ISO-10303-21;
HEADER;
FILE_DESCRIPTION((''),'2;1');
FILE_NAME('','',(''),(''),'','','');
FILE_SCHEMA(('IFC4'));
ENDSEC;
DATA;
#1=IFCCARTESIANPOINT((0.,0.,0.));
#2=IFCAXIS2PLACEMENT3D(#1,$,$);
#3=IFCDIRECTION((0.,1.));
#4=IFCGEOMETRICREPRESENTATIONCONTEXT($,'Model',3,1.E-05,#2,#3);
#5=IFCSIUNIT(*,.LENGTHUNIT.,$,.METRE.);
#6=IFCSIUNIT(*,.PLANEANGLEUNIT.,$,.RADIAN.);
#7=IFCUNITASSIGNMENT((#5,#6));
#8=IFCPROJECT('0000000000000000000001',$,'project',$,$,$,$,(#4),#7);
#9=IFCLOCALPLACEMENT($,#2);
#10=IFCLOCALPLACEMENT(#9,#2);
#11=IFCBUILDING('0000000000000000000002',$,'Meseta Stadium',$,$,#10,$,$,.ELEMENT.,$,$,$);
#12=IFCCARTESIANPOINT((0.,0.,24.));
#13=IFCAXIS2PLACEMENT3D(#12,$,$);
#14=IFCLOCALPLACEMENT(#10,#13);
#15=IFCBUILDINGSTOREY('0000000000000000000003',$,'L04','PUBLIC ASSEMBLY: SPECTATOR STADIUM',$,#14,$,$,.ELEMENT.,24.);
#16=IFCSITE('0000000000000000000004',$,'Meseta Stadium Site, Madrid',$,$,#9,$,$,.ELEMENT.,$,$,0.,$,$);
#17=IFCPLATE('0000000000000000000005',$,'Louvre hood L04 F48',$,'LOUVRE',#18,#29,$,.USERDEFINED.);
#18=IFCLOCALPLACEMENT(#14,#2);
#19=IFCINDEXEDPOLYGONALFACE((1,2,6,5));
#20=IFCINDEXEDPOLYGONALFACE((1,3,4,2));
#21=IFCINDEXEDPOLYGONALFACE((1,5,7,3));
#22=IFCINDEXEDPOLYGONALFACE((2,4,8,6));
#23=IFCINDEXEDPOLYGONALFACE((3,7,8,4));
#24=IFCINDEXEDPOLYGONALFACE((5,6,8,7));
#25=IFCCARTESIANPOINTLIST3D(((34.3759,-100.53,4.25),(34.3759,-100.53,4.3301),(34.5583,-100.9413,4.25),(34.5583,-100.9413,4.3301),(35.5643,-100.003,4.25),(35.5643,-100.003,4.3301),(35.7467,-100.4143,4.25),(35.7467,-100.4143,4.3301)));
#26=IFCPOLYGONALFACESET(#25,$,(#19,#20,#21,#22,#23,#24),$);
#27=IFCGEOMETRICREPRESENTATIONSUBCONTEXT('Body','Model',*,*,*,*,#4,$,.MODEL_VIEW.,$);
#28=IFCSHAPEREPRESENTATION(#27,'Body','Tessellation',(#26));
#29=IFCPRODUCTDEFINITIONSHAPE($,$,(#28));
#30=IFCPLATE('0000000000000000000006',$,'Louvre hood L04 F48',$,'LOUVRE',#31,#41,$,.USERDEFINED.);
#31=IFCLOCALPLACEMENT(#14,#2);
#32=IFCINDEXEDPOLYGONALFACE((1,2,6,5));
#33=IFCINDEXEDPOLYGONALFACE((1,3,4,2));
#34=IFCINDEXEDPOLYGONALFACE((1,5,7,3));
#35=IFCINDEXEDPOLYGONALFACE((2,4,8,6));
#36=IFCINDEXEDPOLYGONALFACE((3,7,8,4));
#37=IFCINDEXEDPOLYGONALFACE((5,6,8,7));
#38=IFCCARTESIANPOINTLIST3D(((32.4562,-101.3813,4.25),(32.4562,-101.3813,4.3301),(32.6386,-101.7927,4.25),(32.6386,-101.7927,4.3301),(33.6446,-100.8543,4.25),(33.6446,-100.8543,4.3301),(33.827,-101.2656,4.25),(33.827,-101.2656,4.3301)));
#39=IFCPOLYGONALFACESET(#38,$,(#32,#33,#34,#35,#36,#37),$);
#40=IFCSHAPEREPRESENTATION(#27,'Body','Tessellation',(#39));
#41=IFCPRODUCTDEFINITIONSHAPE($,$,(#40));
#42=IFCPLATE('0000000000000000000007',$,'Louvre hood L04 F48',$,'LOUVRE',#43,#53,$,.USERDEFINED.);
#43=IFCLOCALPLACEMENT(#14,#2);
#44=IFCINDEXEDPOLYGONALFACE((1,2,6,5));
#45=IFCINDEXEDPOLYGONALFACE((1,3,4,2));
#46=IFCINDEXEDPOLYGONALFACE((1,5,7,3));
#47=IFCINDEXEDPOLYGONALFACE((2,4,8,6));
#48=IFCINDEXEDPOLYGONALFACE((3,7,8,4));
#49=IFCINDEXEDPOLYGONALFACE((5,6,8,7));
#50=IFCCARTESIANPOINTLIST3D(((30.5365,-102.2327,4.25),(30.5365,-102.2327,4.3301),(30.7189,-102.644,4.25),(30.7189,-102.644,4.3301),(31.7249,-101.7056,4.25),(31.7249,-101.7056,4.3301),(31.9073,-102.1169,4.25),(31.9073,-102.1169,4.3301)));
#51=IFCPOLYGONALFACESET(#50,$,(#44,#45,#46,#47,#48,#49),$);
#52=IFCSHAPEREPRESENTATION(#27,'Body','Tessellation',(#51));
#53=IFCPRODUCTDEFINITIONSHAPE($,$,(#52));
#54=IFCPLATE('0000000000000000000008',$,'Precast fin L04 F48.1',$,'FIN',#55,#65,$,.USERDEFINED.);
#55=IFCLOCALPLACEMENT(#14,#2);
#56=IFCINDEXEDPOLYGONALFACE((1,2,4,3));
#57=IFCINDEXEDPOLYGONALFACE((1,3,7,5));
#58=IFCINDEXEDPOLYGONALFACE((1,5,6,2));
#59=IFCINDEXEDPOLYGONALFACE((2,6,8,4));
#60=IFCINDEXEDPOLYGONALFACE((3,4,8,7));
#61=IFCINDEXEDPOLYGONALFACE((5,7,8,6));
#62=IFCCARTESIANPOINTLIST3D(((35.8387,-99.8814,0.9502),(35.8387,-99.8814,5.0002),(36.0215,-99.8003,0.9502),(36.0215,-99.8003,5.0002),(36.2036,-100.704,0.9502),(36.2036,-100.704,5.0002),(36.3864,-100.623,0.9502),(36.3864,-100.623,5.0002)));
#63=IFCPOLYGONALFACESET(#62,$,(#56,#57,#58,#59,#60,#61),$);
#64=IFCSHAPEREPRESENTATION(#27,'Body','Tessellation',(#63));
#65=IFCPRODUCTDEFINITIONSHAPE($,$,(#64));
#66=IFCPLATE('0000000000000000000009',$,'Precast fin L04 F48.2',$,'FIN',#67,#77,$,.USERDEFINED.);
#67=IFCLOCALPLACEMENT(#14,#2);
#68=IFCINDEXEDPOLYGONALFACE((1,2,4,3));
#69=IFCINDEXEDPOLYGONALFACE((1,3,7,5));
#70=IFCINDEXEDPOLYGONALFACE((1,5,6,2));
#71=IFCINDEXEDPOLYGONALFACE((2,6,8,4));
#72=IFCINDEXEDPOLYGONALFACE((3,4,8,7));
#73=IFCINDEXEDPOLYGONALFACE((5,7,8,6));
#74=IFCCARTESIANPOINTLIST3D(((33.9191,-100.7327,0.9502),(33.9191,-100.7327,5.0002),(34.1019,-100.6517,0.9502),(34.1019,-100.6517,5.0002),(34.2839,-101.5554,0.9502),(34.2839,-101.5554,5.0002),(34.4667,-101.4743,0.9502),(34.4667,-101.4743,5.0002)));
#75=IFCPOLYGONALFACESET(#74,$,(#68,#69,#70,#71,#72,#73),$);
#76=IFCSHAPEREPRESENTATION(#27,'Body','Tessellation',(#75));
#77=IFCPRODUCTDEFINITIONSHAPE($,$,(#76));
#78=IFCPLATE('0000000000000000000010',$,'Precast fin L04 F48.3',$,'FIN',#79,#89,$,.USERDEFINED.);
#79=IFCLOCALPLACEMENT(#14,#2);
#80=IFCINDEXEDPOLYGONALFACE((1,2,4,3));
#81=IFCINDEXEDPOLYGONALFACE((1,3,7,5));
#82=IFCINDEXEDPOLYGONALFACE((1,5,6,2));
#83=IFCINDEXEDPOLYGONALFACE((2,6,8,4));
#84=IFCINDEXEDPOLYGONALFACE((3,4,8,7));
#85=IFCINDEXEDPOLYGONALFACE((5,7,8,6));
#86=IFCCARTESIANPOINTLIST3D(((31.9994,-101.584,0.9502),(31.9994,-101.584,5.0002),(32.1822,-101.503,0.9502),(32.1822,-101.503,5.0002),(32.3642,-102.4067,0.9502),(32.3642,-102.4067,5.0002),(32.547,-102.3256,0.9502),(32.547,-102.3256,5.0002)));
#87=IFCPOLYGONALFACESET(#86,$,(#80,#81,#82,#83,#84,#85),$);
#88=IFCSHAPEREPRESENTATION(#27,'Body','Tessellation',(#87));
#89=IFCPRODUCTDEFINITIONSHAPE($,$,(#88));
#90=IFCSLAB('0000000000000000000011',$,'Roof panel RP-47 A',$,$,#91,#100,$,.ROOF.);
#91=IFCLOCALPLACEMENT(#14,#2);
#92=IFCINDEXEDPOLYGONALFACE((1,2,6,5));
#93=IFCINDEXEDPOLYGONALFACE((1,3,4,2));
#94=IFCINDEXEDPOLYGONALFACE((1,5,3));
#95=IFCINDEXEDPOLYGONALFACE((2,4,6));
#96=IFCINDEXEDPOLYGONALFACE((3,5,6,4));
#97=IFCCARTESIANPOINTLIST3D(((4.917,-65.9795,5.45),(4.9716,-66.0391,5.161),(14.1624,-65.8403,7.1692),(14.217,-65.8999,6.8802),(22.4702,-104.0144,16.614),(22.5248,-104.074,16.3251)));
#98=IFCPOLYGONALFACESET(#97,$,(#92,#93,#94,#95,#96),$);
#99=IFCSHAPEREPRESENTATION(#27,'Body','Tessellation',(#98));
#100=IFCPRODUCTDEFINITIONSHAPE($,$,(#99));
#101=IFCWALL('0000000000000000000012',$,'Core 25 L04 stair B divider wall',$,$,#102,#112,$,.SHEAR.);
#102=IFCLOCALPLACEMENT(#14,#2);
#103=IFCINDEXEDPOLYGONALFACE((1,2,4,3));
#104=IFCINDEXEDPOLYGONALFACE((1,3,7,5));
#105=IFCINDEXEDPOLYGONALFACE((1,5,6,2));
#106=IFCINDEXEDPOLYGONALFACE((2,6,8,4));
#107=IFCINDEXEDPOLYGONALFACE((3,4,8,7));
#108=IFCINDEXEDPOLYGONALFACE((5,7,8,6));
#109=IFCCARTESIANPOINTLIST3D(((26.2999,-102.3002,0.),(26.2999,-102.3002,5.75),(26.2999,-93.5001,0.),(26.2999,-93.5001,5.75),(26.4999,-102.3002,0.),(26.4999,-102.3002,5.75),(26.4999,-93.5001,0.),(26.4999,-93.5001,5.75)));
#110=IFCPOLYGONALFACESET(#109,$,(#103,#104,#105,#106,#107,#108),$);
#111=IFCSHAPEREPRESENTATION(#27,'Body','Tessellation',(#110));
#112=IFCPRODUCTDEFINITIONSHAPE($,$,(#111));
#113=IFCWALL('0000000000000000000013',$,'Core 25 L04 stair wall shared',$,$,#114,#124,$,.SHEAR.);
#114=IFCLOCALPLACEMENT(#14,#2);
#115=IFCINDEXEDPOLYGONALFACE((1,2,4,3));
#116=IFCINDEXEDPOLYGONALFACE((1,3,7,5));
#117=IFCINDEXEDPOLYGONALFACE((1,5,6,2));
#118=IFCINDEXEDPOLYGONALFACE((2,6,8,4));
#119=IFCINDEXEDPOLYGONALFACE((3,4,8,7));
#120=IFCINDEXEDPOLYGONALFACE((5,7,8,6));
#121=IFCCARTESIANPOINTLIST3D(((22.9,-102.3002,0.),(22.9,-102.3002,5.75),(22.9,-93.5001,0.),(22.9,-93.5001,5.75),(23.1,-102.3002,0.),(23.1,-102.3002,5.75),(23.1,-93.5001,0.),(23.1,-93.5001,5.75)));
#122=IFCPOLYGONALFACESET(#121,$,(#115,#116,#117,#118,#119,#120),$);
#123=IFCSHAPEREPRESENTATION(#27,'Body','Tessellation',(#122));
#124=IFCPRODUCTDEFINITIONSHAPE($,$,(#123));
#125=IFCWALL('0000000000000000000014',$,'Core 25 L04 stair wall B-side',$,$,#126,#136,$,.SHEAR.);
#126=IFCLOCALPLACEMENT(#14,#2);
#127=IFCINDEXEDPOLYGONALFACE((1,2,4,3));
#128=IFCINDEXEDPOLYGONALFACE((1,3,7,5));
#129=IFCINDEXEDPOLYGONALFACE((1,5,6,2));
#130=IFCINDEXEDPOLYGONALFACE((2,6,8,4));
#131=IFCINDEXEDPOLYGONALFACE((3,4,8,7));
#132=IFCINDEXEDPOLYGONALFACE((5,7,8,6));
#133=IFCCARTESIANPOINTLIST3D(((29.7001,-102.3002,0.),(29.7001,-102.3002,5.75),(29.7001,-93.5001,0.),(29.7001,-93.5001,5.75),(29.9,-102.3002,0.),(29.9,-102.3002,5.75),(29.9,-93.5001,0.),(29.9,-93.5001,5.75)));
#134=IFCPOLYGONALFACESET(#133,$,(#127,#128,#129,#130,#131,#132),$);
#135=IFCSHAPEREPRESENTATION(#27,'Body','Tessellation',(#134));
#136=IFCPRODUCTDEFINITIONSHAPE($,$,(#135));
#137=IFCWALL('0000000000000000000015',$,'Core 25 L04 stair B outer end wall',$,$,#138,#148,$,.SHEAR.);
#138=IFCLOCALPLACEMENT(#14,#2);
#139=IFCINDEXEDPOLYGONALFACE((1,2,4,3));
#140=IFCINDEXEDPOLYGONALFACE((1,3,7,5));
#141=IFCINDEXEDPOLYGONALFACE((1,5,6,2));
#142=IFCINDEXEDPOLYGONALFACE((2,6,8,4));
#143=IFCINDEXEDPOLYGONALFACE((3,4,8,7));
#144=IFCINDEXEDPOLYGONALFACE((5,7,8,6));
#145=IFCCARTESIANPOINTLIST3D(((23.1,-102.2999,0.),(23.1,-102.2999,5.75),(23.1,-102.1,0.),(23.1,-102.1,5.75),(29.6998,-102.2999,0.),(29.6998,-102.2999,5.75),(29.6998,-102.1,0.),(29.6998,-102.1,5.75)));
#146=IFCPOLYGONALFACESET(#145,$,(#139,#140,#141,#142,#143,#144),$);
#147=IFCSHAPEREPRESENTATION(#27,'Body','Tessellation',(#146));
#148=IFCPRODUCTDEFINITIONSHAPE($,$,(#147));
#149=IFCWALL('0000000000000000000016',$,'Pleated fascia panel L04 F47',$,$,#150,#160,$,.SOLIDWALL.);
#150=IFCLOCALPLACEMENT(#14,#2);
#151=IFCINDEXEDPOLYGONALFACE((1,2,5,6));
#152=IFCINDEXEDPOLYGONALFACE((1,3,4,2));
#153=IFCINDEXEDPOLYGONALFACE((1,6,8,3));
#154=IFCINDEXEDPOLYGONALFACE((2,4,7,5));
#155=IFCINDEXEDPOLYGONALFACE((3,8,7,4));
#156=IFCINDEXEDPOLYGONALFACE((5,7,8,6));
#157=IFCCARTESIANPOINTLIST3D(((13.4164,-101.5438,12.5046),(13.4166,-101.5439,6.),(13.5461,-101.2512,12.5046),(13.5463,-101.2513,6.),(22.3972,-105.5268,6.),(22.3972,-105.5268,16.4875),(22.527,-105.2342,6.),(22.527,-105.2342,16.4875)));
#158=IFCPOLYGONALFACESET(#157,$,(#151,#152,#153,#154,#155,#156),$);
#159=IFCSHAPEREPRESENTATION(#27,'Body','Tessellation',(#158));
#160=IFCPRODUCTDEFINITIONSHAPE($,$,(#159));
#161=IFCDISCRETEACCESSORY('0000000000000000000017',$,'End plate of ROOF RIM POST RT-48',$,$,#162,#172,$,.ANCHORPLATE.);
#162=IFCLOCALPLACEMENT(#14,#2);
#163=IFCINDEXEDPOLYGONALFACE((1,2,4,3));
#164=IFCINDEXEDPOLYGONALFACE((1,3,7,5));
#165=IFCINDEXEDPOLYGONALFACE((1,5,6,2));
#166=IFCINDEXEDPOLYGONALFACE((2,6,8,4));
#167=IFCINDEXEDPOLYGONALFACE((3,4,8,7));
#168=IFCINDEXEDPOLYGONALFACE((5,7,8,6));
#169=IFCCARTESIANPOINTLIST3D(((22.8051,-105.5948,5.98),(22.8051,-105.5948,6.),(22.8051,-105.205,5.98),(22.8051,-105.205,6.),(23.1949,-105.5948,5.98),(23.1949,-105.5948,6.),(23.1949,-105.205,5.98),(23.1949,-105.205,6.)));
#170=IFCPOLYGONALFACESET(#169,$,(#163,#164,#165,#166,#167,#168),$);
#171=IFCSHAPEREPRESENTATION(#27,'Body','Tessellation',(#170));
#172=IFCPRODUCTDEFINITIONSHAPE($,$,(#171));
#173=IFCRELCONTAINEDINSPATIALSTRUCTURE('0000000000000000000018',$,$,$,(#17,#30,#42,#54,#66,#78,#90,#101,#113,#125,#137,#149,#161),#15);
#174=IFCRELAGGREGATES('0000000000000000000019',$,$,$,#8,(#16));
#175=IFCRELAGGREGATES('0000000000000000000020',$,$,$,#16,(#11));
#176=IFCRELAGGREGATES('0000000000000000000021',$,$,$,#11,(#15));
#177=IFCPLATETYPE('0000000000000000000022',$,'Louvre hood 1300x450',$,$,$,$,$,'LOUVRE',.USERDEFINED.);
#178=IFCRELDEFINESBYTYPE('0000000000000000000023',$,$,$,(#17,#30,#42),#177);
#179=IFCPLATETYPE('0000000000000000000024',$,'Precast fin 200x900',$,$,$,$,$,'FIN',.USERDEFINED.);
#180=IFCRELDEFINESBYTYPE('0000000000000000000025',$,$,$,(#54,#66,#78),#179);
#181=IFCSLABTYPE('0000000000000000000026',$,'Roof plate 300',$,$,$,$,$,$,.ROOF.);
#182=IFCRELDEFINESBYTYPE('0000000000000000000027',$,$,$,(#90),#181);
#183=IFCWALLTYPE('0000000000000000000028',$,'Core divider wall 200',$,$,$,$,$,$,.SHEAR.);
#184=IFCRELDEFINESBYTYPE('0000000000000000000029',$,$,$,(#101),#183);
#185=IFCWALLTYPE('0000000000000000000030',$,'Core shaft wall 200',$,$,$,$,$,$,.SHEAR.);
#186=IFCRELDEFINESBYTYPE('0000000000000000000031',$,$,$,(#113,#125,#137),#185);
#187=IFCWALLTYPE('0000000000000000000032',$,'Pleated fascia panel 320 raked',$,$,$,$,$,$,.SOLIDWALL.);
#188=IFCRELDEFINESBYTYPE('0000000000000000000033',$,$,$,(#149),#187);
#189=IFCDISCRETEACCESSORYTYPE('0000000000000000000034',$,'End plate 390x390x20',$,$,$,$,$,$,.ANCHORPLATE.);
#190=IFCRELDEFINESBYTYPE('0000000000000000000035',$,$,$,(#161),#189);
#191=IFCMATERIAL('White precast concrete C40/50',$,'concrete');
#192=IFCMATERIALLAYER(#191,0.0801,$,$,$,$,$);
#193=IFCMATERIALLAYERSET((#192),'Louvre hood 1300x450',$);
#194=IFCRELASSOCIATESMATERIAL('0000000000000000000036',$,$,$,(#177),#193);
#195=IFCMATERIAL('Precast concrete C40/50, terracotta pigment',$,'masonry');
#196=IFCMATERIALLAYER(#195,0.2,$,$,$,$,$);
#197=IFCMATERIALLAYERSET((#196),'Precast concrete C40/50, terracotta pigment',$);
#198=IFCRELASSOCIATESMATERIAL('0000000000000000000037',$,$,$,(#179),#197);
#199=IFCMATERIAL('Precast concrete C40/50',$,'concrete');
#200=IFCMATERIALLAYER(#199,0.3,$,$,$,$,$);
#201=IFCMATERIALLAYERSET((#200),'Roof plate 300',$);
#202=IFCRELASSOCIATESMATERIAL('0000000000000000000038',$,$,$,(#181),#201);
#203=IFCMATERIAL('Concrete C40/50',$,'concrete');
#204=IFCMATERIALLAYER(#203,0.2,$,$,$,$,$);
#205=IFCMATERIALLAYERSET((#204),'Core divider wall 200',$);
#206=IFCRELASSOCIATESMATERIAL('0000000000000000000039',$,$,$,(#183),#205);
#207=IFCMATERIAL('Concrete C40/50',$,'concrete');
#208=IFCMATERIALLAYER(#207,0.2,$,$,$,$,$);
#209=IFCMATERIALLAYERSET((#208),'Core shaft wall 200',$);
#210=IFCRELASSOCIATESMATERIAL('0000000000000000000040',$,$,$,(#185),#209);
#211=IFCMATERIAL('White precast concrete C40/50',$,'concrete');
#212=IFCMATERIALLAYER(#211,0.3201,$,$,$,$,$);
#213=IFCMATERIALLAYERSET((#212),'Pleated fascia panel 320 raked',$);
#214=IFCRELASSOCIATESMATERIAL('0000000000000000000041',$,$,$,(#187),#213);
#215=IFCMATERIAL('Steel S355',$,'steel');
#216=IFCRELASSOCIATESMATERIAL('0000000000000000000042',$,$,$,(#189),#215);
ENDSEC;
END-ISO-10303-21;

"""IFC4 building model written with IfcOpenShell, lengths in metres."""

from ifc_helpers import new_model, si_unit, direction, frame, frame_2d, origin, origin_2d, place, context, subcontext, project, spatial, polyline, rectangle, outline, extrude, material, layer, layer_set, material_profile, profile_set, type_object, element, save


model = new_model("IFC4")

# Units and contexts
model_context = context("Model", 3, precision=1e-05, world=origin(), true_north=direction((0.0, 1.0)))
body_context = subcontext(model_context, "Body", "Model", "MODEL_VIEW")
ifc_project = project(units=[si_unit("LENGTHUNIT", "METRE"), si_unit("PLANEANGLEUNIT", "RADIAN")], contexts=[model_context])

# Site, building, storey
site_placement = place(None, origin())
site = spatial("IfcSite", under=ifc_project, at=site_placement, Name="Meseta Stadium Site, Madrid", CompositionType="ELEMENT", RefElevation=0.0)
building_placement = place(site_placement, origin())
building = spatial("IfcBuilding", under=site, at=building_placement, Name="Meseta Stadium", CompositionType="ELEMENT")
storey_placement = place(building_placement, frame((0.0, 0.0, 24.0)))
storey = spatial("IfcBuildingStorey", under=building, at=storey_placement, Name="L04", Description="PUBLIC ASSEMBLY: SPECTATOR STADIUM", CompositionType="ELEMENT", Elevation=24.0)

# Plates
ifc_material_1 = material(Name="White precast concrete C40/50", Category="concrete")
ifc_layer_1 = layer(ifc_material_1, 0.0801)
ifc_layer_set_1 = layer_set([ifc_layer_1], Name="Louvre hood 1300x450")
plate_type_1 = type_object("IfcPlateType", Name="Louvre hood 1300x450", ElementType="LOUVRE", PredefinedType="USERDEFINED", material=ifc_layer_set_1)
for number, where, z_axis, x_axis, name in (
    (1, (35.0613, -100.4722, 4.25), (0.0, 0.0, 1.0), (0.914139, 0.405401, 0.0), "Louvre hood L04 F48"),
    (2, (33.1416, -101.3235, 4.25), (0.0, 0.0, 1.0), (0.914139, 0.405401, 0.0), "Louvre hood L04 F48"),
    (3, (31.2219, -102.1748, 4.25), (0.0, 0.0, 1.0), (0.914139, 0.405401, 0.0), "Louvre hood L04 F48"),
):
    element("IfcPlate", number, at=place(storey_placement, frame(where, z_axis=z_axis, x_axis=x_axis)), inside=storey, type_object=plate_type_1, Name=name, ObjectType="LOUVRE", PredefinedType="USERDEFINED", context=body_context, shape_type="SweptSolid", body=[
        extrude(rectangle(XDim=1.3, YDim=0.45, at=origin_2d()), origin(), (0.0, 0.0, 1.0), 0.0801),
    ])
ifc_material_2 = material(Name="Precast concrete C40/50, terracotta pigment", Category="masonry")
ifc_layer_2 = layer(ifc_material_2, 0.2)
ifc_layer_set_2 = layer_set([ifc_layer_2], Name="Precast concrete C40/50, terracotta pigment")
plate_type_2 = type_object("IfcPlateType", Name="Precast fin 200x900", ElementType="FIN", PredefinedType="USERDEFINED", material=ifc_layer_set_2)
for number, where, z_axis, x_axis, name in (
    (4, (36.1125, -100.2522, 0.9502), (0.0, 0.0, 1.0), (-0.914139, -0.4054, 0.0), "Precast fin L04 F48.1"),
    (5, (34.1929, -101.1035, 0.9502), (0.0, 0.0, 1.0), (-0.914139, -0.4054, 0.0), "Precast fin L04 F48.2"),
    (6, (32.2732, -101.9548, 0.9502), (0.0, 0.0, 1.0), (-0.914139, -0.4054, 0.0), "Precast fin L04 F48.3"),
):
    element("IfcPlate", number, at=place(storey_placement, frame(where, z_axis=z_axis, x_axis=x_axis)), inside=storey, type_object=plate_type_2, Name=name, ObjectType="FIN", PredefinedType="USERDEFINED", context=body_context, shape_type="SweptSolid", body=[
        extrude(rectangle(XDim=0.2, YDim=0.8999, at=origin_2d()), origin(), (0.0, 0.0, 1.0), 4.05),
    ])

# Slab
ifc_material_3 = material(Name="Precast concrete C40/50", Category="concrete")
ifc_layer_3 = layer(ifc_material_3, 0.3)
ifc_layer_set_3 = layer_set([ifc_layer_3], Name="Roof plate 300")
slab_type = type_object("IfcSlabType", Name="Roof plate 300", PredefinedType="ROOF", material=ifc_layer_set_3)
slab_placement = place(storey_placement, frame((22.4702, -104.0144, 16.614), z_axis=(-0.182069, 0.19864, 0.963013), x_axis=(-0.404899, 0.877348, -0.257521)))
element("IfcSlab", 7, at=slab_placement, inside=storey, type_object=slab_type, Name="Roof panel RP-47 A", PredefinedType="ROOF", context=body_context, shape_type="SweptSolid", body=[
    extrude(outline(polyline([(0.0, 0.0), (43.3521, 0.0), (39.288, -8.4815), (0.0, 0.0)])), origin(), (0.0, 0.0, -1.0), 0.3),
])

# Walls
ifc_material_4 = material(Name="Concrete C40/50", Category="concrete")
ifc_layer_4 = layer(ifc_material_4, 0.2)
ifc_layer_set_4 = layer_set([ifc_layer_4], Name="Core divider wall 200")
wall_type_1 = type_object("IfcWallType", Name="Core divider wall 200", PredefinedType="SHEAR", material=ifc_layer_set_4)
wall_1_placement = place(storey_placement, frame((26.3999, -102.3, 0.0), z_axis=(0.0, 0.0, 1.0), x_axis=(0.0, 1.0, 0.0)))
element("IfcWall", 8, at=wall_1_placement, inside=storey, type_object=wall_type_1, Name="Core 25 L04 stair B divider wall", PredefinedType="SHEAR", context=body_context, shape_type="SweptSolid", body=[
    extrude(rectangle(XDim=8.8, YDim=0.2, at=frame_2d((4.3999, 0.0))), origin(), (0.0, 0.0, 1.0), 5.75),
])
ifc_material_5 = material(Name="Concrete C40/50", Category="concrete")
ifc_layer_5 = layer(ifc_material_5, 0.2)
ifc_layer_set_5 = layer_set([ifc_layer_5], Name="Core shaft wall 200")
wall_type_2 = type_object("IfcWallType", Name="Core shaft wall 200", PredefinedType="SHEAR", material=ifc_layer_set_5)
for number, where, z_axis, x_axis, name in (
    (9, (23.0, -102.3, 0.0), (0.0, 0.0, 1.0), (0.0, 1.0, 0.0), "Core 25 L04 stair wall shared"),
    (10, (29.8, -102.3, 0.0), (0.0, 0.0, 1.0), (0.0, 1.0, 0.0), "Core 25 L04 stair wall B-side"),
):
    element("IfcWall", number, at=place(storey_placement, frame(where, z_axis=z_axis, x_axis=x_axis)), inside=storey, type_object=wall_type_2, Name=name, PredefinedType="SHEAR", context=body_context, shape_type="SweptSolid", body=[
        extrude(rectangle(XDim=8.8, YDim=0.2, at=frame_2d((4.3999, 0.0))), origin(), (0.0, 0.0, 1.0), 5.75),
    ])
wall_2_placement = place(storey_placement, frame((23.1001, -102.2, 0.0), z_axis=(0.0, 0.0, 1.0), x_axis=(1.0, 0.0, 0.0)))
element("IfcWall", 11, at=wall_2_placement, inside=storey, type_object=wall_type_2, Name="Core 25 L04 stair B outer end wall", PredefinedType="SHEAR", context=body_context, shape_type="SweptSolid", body=[
    extrude(rectangle(XDim=6.5999, YDim=0.2, at=frame_2d((3.2998, 0.0))), origin(), (0.0, 0.0, 1.0), 5.75),
])
ifc_material_6 = material(Name="White precast concrete C40/50", Category="concrete")
ifc_layer_6 = layer(ifc_material_6, 0.3201)
ifc_layer_set_6 = layer_set([ifc_layer_6], Name="Pleated fascia panel 320 raked")
wall_type_3 = type_object("IfcWallType", Name="Pleated fascia panel 320 raked", PredefinedType="SOLIDWALL", material=ifc_layer_set_6)
wall_3_placement = place(storey_placement, frame((22.4622, -105.3804, 6.0), z_axis=(0.0, 0.0, 1.0), x_axis=(-0.914133, 0.405414, 0.0)))
element("IfcWall", 12, at=wall_3_placement, inside=storey, type_object=wall_type_3, Name="Pleated fascia panel L04 F47", PredefinedType="SOLIDWALL", context=body_context, shape_type="SweptSolid", body=[
    extrude(outline(polyline([(0.0, 0.0), (9.8242, 0.0), (9.8245, 6.5046), (0.0, 10.4875), (0.0, 0.0)])), frame((0.0, 0.1602, 0.0), z_axis=(0.0, -1.0, 0.0), x_axis=(1.0, 0.0, 0.0)), (0.0, 0.0, 1.0), 0.3201),
])

# Discrete accessory
ifc_material_7 = material(Name="Steel S355", Category="steel")
ifc_material_profile_1 = material_profile(ifc_material_7, rectangle(XDim=0.3899, YDim=0.3899, at=origin_2d()), Name="PL 390x390")
ifc_profile_set_1 = profile_set([ifc_material_profile_1], Name="Steel S355")
discrete_accessory_type = type_object("IfcDiscreteAccessoryType", Name="End plate 390x390x20", PredefinedType="ANCHORPLATE", material=ifc_profile_set_1)
discrete_accessory_placement = place(storey_placement, frame((23.0, -105.3999, 5.98), z_axis=(0.0, 0.0, 1.0), x_axis=(1.0, 0.0, 0.0)))
element("IfcDiscreteAccessory", 13, at=discrete_accessory_placement, inside=storey, type_object=discrete_accessory_type, Name="End plate of ROOF RIM POST RT-48", PredefinedType="ANCHORPLATE", context=body_context, shape_type="SweptSolid", body=[
    extrude(rectangle(XDim=0.3899, YDim=0.3899, at=origin_2d()), origin(), (0.0, 0.0, 1.0), 0.02),
])

save(model, "model.ifc")
